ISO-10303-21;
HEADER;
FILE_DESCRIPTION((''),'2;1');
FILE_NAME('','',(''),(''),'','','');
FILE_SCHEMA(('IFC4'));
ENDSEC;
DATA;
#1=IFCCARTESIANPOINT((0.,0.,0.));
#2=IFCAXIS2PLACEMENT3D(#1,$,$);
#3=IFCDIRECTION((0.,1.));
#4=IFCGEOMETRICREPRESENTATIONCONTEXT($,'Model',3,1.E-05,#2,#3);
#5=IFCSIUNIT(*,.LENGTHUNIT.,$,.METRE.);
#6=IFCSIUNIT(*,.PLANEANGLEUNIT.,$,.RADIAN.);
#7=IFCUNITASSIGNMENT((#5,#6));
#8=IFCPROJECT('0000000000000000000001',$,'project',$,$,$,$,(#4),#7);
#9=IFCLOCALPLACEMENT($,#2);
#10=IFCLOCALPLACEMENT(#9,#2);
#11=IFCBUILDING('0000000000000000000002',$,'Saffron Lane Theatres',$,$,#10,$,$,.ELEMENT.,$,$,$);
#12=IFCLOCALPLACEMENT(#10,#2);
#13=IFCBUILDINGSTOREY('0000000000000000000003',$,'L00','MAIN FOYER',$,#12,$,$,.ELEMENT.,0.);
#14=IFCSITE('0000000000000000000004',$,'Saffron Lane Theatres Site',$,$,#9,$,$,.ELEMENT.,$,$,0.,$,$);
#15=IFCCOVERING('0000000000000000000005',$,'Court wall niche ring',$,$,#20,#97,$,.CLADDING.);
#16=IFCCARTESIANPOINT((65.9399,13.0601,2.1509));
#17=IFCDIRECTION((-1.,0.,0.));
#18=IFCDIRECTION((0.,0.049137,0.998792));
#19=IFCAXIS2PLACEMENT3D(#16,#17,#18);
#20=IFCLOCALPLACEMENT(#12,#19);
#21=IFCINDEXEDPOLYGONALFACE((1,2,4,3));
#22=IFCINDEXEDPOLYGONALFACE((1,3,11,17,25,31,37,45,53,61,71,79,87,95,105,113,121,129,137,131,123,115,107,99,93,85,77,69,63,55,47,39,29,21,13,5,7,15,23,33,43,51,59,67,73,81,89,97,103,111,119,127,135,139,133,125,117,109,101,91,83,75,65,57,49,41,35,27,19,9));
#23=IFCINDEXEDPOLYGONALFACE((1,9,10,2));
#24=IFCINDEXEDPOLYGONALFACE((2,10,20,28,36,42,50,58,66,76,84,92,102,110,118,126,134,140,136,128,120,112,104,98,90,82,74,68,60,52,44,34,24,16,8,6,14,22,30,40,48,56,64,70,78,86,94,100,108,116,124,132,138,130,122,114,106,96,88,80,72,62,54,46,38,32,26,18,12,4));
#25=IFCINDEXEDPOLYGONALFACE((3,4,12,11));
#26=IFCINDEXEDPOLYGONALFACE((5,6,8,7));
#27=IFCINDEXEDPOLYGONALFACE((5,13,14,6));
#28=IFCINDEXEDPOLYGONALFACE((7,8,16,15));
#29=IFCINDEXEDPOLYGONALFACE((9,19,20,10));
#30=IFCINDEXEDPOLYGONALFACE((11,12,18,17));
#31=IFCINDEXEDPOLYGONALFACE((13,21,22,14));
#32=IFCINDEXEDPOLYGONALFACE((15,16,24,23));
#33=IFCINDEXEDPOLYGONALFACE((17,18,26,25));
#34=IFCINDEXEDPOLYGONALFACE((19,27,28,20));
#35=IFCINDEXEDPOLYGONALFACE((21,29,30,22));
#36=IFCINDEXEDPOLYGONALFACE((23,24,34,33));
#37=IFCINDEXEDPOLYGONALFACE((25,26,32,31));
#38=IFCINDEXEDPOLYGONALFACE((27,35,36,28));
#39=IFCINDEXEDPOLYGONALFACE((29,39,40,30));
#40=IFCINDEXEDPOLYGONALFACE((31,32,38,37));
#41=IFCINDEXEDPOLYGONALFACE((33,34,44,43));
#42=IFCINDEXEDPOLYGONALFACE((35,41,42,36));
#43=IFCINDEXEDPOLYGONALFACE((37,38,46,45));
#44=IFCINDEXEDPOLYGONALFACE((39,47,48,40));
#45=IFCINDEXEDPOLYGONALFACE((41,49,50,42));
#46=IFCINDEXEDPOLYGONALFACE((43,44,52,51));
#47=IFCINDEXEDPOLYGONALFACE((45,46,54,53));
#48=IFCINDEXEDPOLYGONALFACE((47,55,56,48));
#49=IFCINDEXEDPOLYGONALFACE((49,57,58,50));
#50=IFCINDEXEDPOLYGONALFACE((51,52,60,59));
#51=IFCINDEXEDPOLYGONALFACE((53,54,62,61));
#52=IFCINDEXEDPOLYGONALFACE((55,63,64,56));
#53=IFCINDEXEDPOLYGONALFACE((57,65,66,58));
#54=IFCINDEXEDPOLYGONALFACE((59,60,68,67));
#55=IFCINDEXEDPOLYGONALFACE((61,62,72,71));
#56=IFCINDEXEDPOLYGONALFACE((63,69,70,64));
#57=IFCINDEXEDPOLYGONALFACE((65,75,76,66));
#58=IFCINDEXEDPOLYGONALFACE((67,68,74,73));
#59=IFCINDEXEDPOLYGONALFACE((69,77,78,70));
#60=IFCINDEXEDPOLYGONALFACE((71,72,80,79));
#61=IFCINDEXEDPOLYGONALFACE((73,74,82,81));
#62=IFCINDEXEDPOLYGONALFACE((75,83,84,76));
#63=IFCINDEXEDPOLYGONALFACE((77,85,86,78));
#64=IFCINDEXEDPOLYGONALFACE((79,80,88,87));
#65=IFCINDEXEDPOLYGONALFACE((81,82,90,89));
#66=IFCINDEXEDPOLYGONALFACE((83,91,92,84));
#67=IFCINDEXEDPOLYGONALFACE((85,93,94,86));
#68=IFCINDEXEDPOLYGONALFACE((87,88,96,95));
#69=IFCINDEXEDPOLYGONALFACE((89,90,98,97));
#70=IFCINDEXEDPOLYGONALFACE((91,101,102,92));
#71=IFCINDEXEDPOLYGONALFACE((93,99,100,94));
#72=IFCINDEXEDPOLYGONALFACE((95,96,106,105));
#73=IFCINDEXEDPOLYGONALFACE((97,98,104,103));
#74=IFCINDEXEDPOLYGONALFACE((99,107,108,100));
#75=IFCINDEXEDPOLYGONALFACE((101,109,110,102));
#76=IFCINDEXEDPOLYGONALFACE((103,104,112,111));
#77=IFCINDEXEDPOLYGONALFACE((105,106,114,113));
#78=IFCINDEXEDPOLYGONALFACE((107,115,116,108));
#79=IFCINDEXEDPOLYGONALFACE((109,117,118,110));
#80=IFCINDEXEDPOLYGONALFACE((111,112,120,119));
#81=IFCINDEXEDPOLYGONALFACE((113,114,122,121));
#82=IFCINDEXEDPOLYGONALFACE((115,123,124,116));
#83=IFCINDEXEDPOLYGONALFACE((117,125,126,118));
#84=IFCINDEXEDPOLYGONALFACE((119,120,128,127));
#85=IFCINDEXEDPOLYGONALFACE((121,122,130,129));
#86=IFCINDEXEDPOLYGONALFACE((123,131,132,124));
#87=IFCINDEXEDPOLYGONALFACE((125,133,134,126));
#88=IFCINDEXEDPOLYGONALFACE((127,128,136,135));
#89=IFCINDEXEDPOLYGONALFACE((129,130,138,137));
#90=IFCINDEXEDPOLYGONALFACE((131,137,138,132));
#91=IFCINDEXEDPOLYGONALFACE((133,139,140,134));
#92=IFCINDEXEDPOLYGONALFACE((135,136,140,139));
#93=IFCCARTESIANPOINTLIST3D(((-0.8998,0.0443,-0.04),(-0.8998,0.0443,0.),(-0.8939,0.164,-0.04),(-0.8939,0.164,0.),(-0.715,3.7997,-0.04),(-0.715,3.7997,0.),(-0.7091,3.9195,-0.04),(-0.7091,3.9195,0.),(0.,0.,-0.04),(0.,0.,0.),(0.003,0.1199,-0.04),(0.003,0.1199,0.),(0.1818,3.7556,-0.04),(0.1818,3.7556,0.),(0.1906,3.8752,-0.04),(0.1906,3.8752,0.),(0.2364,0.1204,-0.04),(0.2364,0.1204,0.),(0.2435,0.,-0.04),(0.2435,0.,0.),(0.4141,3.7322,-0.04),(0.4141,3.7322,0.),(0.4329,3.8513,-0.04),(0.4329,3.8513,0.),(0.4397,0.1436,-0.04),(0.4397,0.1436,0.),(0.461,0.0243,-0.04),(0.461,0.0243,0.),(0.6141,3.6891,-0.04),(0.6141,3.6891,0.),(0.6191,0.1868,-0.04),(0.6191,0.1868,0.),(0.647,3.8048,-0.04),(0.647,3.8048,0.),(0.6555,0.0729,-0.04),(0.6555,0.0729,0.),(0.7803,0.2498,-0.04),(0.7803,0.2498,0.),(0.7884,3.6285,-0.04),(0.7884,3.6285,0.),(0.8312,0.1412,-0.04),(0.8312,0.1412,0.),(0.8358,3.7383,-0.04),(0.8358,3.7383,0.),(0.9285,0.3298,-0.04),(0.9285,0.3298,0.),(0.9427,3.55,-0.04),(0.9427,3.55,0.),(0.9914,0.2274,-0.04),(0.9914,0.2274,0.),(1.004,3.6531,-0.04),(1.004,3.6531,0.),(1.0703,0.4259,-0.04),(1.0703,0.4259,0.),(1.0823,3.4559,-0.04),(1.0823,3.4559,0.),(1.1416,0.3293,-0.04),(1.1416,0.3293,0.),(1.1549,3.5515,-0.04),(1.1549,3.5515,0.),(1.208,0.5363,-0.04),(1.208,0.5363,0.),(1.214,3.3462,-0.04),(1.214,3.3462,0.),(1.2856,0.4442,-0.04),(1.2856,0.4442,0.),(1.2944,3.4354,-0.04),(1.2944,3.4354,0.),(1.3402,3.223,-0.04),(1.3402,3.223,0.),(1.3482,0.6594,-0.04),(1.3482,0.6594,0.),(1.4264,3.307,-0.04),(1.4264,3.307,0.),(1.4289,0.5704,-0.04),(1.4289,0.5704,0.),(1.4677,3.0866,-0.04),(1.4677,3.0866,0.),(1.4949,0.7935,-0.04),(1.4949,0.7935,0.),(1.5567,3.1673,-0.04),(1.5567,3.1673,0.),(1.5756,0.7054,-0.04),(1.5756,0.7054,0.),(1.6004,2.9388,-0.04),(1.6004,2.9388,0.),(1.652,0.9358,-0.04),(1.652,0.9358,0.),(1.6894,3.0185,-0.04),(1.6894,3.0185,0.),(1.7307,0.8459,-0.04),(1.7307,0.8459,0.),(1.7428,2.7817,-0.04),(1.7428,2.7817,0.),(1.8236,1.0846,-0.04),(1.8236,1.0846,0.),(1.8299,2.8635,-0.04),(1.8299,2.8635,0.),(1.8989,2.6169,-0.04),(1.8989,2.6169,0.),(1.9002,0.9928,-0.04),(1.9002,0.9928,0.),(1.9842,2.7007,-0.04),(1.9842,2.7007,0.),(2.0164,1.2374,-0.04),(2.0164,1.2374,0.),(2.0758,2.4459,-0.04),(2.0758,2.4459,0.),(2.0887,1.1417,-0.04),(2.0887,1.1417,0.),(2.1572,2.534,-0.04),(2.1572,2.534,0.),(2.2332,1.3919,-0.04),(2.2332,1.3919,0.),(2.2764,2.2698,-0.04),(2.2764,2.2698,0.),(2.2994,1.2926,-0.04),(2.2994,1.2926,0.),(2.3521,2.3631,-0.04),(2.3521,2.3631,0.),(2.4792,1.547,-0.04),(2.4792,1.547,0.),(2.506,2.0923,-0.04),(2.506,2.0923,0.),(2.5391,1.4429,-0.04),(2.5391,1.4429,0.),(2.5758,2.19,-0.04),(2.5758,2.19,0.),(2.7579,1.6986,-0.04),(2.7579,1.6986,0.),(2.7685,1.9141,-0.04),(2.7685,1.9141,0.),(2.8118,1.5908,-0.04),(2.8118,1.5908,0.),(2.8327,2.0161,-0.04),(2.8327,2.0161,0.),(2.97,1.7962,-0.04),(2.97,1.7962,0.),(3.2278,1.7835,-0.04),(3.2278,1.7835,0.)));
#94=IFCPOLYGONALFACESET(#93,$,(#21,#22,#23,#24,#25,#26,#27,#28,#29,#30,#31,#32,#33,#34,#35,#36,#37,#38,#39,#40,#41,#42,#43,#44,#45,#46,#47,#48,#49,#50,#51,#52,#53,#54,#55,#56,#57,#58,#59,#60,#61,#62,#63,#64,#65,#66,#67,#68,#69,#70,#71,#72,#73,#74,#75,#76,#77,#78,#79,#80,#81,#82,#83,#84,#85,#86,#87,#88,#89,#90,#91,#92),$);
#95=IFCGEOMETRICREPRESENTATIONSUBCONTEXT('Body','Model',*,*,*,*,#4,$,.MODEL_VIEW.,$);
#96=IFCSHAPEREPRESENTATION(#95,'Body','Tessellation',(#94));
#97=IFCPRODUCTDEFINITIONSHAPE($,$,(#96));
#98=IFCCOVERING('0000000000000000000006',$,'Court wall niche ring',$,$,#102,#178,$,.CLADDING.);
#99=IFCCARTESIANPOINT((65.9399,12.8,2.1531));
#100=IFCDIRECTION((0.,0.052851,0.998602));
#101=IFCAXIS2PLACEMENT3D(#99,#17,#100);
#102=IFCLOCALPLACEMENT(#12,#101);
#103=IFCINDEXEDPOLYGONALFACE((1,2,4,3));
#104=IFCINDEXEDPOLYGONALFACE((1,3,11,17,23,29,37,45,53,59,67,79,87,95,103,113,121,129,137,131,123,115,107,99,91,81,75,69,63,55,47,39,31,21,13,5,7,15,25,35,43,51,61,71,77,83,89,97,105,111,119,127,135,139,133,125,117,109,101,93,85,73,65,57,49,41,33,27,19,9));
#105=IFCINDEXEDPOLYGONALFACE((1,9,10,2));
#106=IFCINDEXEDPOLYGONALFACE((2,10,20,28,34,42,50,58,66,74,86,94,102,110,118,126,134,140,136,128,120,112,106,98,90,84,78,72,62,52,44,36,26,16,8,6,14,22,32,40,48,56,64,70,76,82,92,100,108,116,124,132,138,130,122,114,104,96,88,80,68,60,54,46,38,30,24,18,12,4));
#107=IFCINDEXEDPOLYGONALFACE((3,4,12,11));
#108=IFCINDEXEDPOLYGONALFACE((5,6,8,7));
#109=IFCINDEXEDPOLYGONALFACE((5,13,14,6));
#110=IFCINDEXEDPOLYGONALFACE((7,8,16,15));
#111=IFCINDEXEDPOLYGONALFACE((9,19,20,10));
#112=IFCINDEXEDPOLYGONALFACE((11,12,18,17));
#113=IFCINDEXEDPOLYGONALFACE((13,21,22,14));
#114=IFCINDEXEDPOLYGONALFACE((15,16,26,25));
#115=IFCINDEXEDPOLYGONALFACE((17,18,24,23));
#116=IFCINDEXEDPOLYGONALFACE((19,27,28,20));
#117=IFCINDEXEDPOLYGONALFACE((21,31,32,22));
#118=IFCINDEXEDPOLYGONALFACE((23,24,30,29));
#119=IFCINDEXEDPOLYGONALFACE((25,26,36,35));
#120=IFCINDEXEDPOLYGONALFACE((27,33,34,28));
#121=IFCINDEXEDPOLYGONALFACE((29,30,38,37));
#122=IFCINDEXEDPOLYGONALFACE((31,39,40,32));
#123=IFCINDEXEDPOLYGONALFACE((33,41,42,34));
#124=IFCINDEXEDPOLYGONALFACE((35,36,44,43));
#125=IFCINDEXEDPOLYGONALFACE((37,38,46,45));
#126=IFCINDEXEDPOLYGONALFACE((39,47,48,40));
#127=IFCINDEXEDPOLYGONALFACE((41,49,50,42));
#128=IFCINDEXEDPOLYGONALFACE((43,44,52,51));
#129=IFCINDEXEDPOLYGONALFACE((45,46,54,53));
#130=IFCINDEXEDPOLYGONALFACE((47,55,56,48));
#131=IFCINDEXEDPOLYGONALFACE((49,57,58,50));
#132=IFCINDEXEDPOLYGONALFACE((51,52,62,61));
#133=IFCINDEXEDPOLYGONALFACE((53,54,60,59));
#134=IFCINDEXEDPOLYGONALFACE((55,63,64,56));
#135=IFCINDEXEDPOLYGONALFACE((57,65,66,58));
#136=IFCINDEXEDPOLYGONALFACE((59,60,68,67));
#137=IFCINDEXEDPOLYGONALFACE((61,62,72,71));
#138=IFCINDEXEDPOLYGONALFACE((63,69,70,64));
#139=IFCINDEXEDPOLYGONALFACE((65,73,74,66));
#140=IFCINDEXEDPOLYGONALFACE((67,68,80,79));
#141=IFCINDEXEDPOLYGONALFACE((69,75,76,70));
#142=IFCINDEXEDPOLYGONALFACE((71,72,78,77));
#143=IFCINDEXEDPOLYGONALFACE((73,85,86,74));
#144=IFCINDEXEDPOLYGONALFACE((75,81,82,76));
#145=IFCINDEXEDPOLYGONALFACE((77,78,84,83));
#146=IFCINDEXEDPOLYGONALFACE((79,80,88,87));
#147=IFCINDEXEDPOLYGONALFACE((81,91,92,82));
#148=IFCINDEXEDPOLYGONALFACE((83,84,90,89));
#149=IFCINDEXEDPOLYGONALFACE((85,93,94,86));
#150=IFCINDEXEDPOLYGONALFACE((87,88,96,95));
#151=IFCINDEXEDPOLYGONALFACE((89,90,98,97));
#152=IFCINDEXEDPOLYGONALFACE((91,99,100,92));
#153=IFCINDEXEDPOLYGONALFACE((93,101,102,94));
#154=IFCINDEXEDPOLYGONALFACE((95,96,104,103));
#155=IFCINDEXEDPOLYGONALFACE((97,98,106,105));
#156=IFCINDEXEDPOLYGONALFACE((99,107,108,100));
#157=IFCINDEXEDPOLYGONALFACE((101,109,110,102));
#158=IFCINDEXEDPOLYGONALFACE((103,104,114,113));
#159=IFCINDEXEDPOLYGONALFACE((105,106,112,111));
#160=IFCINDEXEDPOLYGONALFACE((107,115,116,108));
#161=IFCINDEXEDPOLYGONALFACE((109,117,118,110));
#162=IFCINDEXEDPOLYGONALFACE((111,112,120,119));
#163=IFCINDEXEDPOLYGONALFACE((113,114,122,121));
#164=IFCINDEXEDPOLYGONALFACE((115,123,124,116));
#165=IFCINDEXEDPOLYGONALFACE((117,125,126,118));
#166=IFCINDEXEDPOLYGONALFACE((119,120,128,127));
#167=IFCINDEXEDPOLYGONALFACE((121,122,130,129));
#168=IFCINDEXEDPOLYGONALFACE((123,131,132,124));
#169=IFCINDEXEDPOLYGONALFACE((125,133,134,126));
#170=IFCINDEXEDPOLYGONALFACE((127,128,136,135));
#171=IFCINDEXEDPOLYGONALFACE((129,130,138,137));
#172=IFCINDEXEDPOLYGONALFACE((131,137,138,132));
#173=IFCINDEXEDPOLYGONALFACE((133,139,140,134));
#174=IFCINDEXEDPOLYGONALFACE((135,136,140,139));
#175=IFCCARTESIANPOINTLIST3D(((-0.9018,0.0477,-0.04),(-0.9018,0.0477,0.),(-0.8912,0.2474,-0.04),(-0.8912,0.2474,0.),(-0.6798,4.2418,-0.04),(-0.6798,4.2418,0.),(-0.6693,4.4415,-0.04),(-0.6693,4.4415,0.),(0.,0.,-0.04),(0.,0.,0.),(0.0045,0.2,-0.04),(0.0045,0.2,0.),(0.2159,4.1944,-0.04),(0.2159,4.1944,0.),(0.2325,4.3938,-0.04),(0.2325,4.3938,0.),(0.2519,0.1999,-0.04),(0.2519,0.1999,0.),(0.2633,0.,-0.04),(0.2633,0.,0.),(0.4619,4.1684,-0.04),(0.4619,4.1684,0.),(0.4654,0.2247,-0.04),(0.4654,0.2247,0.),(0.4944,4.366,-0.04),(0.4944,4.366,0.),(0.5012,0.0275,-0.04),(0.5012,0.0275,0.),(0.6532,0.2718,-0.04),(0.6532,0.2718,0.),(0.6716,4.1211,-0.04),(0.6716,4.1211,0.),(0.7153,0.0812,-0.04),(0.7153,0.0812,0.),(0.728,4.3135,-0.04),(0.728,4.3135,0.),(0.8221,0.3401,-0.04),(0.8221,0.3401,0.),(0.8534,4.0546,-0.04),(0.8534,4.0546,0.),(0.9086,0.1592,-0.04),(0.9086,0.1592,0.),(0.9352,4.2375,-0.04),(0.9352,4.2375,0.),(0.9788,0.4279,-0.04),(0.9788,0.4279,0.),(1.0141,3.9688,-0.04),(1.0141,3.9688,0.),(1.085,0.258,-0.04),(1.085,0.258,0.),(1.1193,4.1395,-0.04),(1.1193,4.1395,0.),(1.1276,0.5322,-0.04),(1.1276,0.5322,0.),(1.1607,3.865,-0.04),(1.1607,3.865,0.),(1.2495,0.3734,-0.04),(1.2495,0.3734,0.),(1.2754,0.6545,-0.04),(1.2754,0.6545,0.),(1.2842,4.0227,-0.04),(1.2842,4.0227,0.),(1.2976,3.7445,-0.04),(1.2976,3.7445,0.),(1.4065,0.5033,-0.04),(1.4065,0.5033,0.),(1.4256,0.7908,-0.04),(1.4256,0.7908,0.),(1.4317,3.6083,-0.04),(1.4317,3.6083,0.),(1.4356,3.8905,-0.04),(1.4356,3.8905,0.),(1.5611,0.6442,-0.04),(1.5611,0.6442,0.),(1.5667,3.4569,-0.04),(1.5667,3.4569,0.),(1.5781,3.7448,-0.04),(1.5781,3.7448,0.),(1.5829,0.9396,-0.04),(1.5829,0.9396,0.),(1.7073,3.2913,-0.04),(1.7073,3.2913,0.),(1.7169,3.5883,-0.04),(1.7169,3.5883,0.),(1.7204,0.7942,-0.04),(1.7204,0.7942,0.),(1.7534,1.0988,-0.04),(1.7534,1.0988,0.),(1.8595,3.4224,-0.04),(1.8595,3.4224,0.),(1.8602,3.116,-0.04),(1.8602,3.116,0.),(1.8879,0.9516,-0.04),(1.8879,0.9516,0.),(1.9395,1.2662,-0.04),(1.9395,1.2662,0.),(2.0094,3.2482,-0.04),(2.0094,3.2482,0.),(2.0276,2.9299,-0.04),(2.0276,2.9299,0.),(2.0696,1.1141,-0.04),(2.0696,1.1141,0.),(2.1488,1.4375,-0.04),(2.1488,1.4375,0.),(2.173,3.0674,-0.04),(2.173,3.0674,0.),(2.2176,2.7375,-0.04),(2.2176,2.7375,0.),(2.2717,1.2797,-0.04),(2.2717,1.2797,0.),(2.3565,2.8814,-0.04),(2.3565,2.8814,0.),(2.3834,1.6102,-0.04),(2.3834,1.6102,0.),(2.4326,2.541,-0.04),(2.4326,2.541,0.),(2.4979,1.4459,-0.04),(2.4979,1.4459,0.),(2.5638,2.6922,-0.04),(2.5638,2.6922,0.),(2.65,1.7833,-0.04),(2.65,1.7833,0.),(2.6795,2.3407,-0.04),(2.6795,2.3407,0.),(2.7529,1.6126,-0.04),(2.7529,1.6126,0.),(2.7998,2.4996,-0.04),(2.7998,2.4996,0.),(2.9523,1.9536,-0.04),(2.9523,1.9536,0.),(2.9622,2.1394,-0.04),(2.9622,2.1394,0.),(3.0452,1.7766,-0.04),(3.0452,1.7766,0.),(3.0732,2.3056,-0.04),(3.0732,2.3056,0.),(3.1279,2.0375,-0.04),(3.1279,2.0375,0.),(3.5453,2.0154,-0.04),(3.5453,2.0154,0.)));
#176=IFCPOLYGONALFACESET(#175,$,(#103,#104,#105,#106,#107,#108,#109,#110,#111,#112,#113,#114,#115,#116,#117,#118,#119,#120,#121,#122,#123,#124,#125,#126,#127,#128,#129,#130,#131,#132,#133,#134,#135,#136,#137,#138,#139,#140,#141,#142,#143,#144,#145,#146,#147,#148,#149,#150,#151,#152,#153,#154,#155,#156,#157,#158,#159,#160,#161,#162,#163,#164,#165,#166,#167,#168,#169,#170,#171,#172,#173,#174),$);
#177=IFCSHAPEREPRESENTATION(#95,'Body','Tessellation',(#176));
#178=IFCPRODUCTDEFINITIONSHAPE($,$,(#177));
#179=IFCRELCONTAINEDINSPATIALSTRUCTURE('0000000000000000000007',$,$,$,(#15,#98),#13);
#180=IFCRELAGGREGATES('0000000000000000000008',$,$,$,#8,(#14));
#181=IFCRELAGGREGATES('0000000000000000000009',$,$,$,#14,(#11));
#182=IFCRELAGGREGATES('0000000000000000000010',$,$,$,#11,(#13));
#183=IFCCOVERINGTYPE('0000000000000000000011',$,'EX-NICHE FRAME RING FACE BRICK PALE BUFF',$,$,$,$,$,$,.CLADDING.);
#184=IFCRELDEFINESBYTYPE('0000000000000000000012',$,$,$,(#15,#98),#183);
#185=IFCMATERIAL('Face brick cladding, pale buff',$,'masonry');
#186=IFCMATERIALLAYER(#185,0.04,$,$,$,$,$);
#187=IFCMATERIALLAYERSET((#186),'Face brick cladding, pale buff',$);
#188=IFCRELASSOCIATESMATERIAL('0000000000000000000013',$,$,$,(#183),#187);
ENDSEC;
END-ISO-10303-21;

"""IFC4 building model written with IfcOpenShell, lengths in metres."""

from ifc_helpers import new_model, si_unit, direction, frame, origin, place, context, subcontext, project, spatial, polyline, outline, extrude, material, layer, layer_set, type_object, element, save


model = new_model("IFC4")

# Units and contexts
model_context = context("Model", 3, precision=1e-05, world=origin(), true_north=direction((0.0, 1.0)))
body_context = subcontext(model_context, "Body", "Model", "MODEL_VIEW")
ifc_project = project(units=[si_unit("LENGTHUNIT", "METRE"), si_unit("PLANEANGLEUNIT", "RADIAN")], contexts=[model_context])

# Site, building, storey
site_placement = place(None, origin())
site = spatial("IfcSite", under=ifc_project, at=site_placement, Name="Saffron Lane Theatres Site", CompositionType="ELEMENT", RefElevation=0.0)
building_placement = place(site_placement, origin())
building = spatial("IfcBuilding", under=site, at=building_placement, Name="Saffron Lane Theatres", CompositionType="ELEMENT")
storey_placement = place(building_placement, origin())
storey = spatial("IfcBuildingStorey", under=building, at=storey_placement, Name="L00", Description="MAIN FOYER", CompositionType="ELEMENT", Elevation=0.0)

# Coverings
ifc_material_1 = material(Name="Face brick cladding, pale buff", Category="masonry")
ifc_layer_1 = layer(ifc_material_1, 0.04)
ifc_layer_set_1 = layer_set([ifc_layer_1], Name="Face brick cladding, pale buff")
covering_type_1 = type_object("IfcCoveringType", Name="EX-NICHE FRAME RING FACE BRICK PALE BUFF", PredefinedType="CLADDING", material=ifc_layer_set_1)
covering_1_placement = place(storey_placement, frame((65.9399, 13.0601, 2.1509), z_axis=(-1.0, 0.0, 0.0), x_axis=(0.0, 0.049137, 0.998792)))
element("IfcCovering", 1, at=covering_1_placement, inside=storey, type_object=covering_type_1, Name="Court wall niche ring", PredefinedType="CLADDING", context=body_context, shape_type="SweptSolid", body=[
    extrude(outline(polyline([(0.0, 0.0), (0.2435, 0.0), (0.461, 0.0243), (0.6555, 0.0729), (0.8312, 0.1412), (0.9914, 0.2274), (1.1416, 0.3293), (1.2856, 0.4442), (1.4289, 0.5704), (1.5756, 0.7054), (1.7307, 0.8459), (1.9002, 0.9928), (2.0887, 1.1417), (2.2994, 1.2926), (2.5391, 1.4429), (2.8118, 1.5908), (3.2278, 1.7835), (2.8327, 2.0161), (2.5758, 2.19), (2.3521, 2.3631), (2.1572, 2.534), (1.9842, 2.7007), (1.8299, 2.8635), (1.6894, 3.0185), (1.5567, 3.1673), (1.4264, 3.307), (1.2944, 3.4354), (1.1549, 3.5515), (1.004, 3.6531), (0.8358, 3.7383), (0.647, 3.8048), (0.4329, 3.8513), (0.1906, 3.8752), (-0.7091, 3.9195), (-0.715, 3.7997), (0.1818, 3.7556), (0.4141, 3.7322), (0.6141, 3.6891), (0.7884, 3.6285), (0.9427, 3.55), (1.0823, 3.4559), (1.214, 3.3462), (1.3402, 3.223), (1.4677, 3.0866), (1.6004, 2.9388), (1.7428, 2.7817), (1.8989, 2.6169), (2.0758, 2.4459), (2.2764, 2.2698), (2.506, 2.0923), (2.7685, 1.9141), (2.97, 1.7962), (2.7579, 1.6986), (2.4792, 1.547), (2.2332, 1.3919), (2.0164, 1.2374), (1.8236, 1.0846), (1.652, 0.9358), (1.4949, 0.7935), (1.3482, 0.6594), (1.208, 0.5363), (1.0703, 0.4259), (0.9285, 0.3298), (0.7803, 0.2498), (0.6191, 0.1868), (0.4397, 0.1436), (0.2364, 0.1204), (0.003, 0.1199), (-0.8939, 0.164), (-0.8998, 0.0443), (0.0, 0.0)])), origin(), (0.0, 0.0, -1.0), 0.04),
])
covering_2_placement = place(storey_placement, frame((65.9399, 12.8, 2.1531), z_axis=(-1.0, 0.0, 0.0), x_axis=(0.0, 0.052851, 0.998602)))
element("IfcCovering", 2, at=covering_2_placement, inside=storey, type_object=covering_type_1, Name="Court wall niche ring", PredefinedType="CLADDING", context=body_context, shape_type="SweptSolid", body=[
    extrude(outline(polyline([(0.0, 0.0), (0.2633, 0.0), (0.5012, 0.0275), (0.7153, 0.0812), (0.9086, 0.1592), (1.085, 0.258), (1.2495, 0.3734), (1.4065, 0.5033), (1.5611, 0.6442), (1.7204, 0.7942), (1.8879, 0.9516), (2.0696, 1.1141), (2.2717, 1.2797), (2.4979, 1.4459), (2.7529, 1.6126), (3.0452, 1.7766), (3.5453, 2.0154), (3.0732, 2.3056), (2.7998, 2.4996), (2.5638, 2.6922), (2.3565, 2.8814), (2.173, 3.0674), (2.0094, 3.2482), (1.8595, 3.4224), (1.7169, 3.5883), (1.5781, 3.7448), (1.4356, 3.8905), (1.2842, 4.0227), (1.1193, 4.1395), (0.9352, 4.2375), (0.728, 4.3135), (0.4944, 4.366), (0.2325, 4.3938), (-0.6693, 4.4415), (-0.6798, 4.2418), (0.2159, 4.1944), (0.4619, 4.1684), (0.6716, 4.1211), (0.8534, 4.0546), (1.0141, 3.9688), (1.1607, 3.865), (1.2976, 3.7445), (1.4317, 3.6083), (1.5667, 3.4569), (1.7073, 3.2913), (1.8602, 3.116), (2.0276, 2.9299), (2.2176, 2.7375), (2.4326, 2.541), (2.6795, 2.3407), (2.9622, 2.1394), (3.1279, 2.0375), (2.9523, 1.9536), (2.65, 1.7833), (2.3834, 1.6102), (2.1488, 1.4375), (1.9395, 1.2662), (1.7534, 1.0988), (1.5829, 0.9396), (1.4256, 0.7908), (1.2754, 0.6545), (1.1276, 0.5322), (0.9788, 0.4279), (0.8221, 0.3401), (0.6532, 0.2718), (0.4654, 0.2247), (0.2519, 0.1999), (0.0045, 0.2), (-0.8912, 0.2474), (-0.9018, 0.0477), (0.0, 0.0)])), origin(), (0.0, 0.0, -1.0), 0.04),
])

save(model, "model.ifc")
